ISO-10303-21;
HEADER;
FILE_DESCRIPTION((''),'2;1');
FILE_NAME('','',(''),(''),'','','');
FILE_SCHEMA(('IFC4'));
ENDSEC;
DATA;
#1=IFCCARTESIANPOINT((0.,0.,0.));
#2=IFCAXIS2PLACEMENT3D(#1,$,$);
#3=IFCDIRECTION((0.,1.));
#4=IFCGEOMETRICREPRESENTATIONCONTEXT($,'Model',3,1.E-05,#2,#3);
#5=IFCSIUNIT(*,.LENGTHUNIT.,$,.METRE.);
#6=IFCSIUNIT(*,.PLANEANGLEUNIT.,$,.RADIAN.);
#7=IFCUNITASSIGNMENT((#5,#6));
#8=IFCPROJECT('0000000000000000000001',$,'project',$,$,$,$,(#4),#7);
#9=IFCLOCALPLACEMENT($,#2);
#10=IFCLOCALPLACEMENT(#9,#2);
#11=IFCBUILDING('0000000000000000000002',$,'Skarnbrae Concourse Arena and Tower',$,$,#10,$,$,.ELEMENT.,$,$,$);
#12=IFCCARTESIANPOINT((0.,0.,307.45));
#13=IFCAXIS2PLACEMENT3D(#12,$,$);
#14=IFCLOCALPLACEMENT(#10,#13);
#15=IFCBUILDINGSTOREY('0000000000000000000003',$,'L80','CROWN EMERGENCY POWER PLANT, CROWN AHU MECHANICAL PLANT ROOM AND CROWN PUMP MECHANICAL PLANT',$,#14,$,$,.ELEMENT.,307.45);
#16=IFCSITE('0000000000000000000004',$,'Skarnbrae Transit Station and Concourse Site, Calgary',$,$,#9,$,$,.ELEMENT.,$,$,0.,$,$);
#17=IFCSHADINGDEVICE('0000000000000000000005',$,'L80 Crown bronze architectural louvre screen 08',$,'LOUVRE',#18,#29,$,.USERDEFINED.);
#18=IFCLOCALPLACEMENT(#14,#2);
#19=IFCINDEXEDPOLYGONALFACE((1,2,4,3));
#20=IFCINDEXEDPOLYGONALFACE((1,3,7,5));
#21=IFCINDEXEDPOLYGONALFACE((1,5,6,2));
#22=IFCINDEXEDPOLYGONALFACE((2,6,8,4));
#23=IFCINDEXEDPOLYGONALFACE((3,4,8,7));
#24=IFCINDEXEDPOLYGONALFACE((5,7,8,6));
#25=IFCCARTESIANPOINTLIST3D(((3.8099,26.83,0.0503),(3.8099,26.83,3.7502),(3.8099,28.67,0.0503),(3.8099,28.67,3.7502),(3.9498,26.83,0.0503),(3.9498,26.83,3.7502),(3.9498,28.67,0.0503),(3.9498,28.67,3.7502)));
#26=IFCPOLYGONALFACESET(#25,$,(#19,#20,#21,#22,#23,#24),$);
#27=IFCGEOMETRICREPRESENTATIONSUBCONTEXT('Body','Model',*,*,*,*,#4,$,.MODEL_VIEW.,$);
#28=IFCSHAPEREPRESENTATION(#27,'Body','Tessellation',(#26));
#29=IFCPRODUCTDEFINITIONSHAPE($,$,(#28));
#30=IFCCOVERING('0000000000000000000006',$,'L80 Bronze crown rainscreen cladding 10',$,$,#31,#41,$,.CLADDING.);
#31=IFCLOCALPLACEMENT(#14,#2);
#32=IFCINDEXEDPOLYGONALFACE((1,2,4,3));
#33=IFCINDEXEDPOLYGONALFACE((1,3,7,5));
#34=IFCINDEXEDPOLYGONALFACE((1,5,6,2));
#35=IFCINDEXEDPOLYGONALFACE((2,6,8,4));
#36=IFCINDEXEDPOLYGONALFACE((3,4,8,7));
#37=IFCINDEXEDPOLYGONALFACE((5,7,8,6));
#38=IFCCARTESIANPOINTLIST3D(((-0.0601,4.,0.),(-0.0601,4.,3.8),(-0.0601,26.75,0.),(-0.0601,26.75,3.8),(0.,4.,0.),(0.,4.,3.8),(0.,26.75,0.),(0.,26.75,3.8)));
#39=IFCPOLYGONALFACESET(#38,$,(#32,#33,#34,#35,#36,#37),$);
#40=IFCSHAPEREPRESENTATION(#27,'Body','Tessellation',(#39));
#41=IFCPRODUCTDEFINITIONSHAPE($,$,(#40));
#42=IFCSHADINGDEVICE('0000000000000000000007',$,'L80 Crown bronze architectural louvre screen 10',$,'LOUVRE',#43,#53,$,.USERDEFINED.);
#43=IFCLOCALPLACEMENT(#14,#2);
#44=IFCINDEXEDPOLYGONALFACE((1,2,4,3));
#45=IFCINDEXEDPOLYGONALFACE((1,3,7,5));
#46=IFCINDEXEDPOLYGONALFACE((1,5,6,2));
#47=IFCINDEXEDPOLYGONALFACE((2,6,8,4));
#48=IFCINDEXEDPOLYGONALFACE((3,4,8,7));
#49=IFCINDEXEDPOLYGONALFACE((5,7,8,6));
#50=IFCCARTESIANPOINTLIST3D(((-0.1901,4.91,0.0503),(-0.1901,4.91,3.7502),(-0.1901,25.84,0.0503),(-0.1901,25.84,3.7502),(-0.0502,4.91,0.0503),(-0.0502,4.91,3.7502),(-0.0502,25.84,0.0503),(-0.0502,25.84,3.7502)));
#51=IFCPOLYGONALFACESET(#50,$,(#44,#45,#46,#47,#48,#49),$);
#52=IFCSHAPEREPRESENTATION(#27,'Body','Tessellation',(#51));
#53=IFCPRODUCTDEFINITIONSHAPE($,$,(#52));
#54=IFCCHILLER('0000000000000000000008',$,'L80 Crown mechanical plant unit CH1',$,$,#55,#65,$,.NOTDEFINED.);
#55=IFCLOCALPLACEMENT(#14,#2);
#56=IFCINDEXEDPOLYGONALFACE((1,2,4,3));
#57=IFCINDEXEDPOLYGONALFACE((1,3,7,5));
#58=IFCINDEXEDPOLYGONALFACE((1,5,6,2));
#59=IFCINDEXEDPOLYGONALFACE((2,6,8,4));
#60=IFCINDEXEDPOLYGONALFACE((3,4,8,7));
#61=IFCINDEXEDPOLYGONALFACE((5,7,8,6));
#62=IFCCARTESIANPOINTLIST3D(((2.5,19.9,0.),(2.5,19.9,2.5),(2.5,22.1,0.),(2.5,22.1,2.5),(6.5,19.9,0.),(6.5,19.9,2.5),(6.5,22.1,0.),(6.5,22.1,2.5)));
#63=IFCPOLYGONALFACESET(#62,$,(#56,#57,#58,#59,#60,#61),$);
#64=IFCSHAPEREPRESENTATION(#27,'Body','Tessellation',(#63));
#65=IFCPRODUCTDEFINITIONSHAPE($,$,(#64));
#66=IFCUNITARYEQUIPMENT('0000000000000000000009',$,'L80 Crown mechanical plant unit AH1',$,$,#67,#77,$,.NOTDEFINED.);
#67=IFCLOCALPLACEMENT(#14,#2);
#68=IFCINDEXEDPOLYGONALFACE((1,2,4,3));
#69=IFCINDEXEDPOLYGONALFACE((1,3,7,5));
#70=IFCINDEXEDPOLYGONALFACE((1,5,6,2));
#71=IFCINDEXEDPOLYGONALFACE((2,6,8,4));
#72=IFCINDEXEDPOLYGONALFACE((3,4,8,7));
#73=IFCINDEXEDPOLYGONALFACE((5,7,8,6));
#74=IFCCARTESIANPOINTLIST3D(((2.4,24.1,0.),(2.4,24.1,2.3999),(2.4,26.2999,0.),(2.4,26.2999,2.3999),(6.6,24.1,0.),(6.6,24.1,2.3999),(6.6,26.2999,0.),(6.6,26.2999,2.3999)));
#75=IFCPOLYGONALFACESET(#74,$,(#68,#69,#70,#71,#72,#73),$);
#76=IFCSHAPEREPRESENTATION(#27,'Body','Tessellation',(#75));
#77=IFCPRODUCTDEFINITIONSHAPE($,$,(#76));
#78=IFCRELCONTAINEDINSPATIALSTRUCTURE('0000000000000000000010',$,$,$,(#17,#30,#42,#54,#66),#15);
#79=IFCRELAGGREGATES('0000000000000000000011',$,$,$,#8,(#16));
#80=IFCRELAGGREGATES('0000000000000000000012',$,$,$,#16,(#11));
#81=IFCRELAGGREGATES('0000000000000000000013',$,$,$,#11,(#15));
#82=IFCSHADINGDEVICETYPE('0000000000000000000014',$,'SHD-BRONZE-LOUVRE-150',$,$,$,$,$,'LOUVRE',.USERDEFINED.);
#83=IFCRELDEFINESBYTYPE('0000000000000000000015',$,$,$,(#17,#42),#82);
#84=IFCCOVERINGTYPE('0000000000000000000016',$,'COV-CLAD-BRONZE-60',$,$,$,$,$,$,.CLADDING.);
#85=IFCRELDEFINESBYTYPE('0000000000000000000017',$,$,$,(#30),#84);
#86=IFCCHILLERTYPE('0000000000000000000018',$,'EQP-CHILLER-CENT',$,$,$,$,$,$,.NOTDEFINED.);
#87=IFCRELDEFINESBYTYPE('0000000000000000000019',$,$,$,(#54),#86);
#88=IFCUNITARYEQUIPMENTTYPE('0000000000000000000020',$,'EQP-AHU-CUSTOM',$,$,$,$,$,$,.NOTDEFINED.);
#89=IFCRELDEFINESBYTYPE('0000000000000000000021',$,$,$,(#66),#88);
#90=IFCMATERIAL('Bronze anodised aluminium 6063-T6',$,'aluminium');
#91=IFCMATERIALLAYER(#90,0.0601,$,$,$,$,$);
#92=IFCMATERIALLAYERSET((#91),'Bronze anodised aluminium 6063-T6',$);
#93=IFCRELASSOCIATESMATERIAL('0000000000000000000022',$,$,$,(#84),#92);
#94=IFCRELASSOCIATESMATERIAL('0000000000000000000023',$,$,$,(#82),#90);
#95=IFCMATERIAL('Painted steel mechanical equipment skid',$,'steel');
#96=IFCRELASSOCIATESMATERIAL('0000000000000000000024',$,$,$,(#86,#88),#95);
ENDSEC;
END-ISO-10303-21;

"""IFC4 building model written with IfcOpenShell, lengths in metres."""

from ifc_helpers import new_model, si_unit, direction, frame, origin, origin_2d, place, context, subcontext, project, spatial, rectangle, extrude, source, transform, mapped, material, layer, layer_set, type_object, element, save


model = new_model("IFC4")

# Units and contexts
model_context = context("Model", 3, precision=1e-05, world=origin(), true_north=direction((0.0, 1.0)))
body_context = subcontext(model_context, "Body", "Model", "MODEL_VIEW")
ifc_project = project(units=[si_unit("LENGTHUNIT", "METRE"), si_unit("PLANEANGLEUNIT", "RADIAN")], contexts=[model_context])

# Site, building, storey
site_placement = place(None, origin())
site = spatial("IfcSite", under=ifc_project, at=site_placement, Name="Skarnbrae Transit Station and Concourse Site, Calgary", CompositionType="ELEMENT", RefElevation=0.0)
building_placement = place(site_placement, origin())
building = spatial("IfcBuilding", under=site, at=building_placement, Name="Skarnbrae Concourse Arena and Tower", CompositionType="ELEMENT")
storey_placement = place(building_placement, frame((0.0, 0.0, 307.45)))
storey = spatial("IfcBuildingStorey", under=building, at=storey_placement, Name="L80", Description="CROWN EMERGENCY POWER PLANT, CROWN AHU MECHANICAL PLANT ROOM AND CROWN PUMP MECHANICAL PLANT", CompositionType="ELEMENT", Elevation=307.45)

# Shared definitions
ifc_material_1 = material(Name="Bronze anodised aluminium 6063-T6", Category="aluminium")
ifc_layer_1 = layer(ifc_material_1, 0.0601)
ifc_layer_set_1 = layer_set([ifc_layer_1], Name="Bronze anodised aluminium 6063-T6")
covering_type = type_object("IfcCoveringType", Name="COV-CLAD-BRONZE-60", PredefinedType="CLADDING", material=ifc_layer_set_1)

# Shared definitions
shading_device_type = type_object("IfcShadingDeviceType", Name="SHD-BRONZE-LOUVRE-150", ElementType="LOUVRE", PredefinedType="USERDEFINED", material=ifc_material_1)

# Shading device
shared_shape_1 = source(origin(), body_context, "Body", "SweptSolid", [
    extrude(rectangle(XDim=1.8401, YDim=0.1399, at=origin_2d()), origin(), (0.0, 0.0, 1.0), 3.7),
])
shading_device_1_placement = place(storey_placement, frame((3.8799, 27.75, 0.0503), z_axis=(0.0, 0.0, 1.0), x_axis=(0.0, -1.0, 0.0)))
element("IfcShadingDevice", 1, at=shading_device_1_placement, inside=storey, type_object=shading_device_type, Name="L80 Crown bronze architectural louvre screen 08", ObjectType="LOUVRE", PredefinedType="USERDEFINED", context=body_context, shape_type="MappedRepresentation", body=[
    mapped(shared_shape_1, transform((0.0, 0.0, 0.0))),
])

# Covering
shared_shape_2 = source(origin(), body_context, "Body", "SweptSolid", [
    extrude(rectangle(XDim=22.75, YDim=0.0601, at=origin_2d()), origin(), (0.0, 0.0, 1.0), 3.8),
])
covering_1_placement = place(storey_placement, frame((-0.03, 15.375, 0.0), z_axis=(0.0, 0.0, 1.0), x_axis=(0.0, -1.0, 0.0)))
element("IfcCovering", 2, at=covering_1_placement, inside=storey, type_object=covering_type, Name="L80 Bronze crown rainscreen cladding 10", PredefinedType="CLADDING", context=body_context, shape_type="MappedRepresentation", body=[
    mapped(shared_shape_2, transform((0.0, 0.0, 0.0))),
])

# Shading device
shared_shape_3 = source(origin(), body_context, "Body", "SweptSolid", [
    extrude(rectangle(XDim=20.9299, YDim=0.1399, at=origin_2d()), origin(), (0.0, 0.0, 1.0), 3.7),
])
shading_device_2_placement = place(storey_placement, frame((-0.1201, 15.375, 0.0503), z_axis=(0.0, 0.0, 1.0), x_axis=(0.0, -1.0, 0.0)))
element("IfcShadingDevice", 3, at=shading_device_2_placement, inside=storey, type_object=shading_device_type, Name="L80 Crown bronze architectural louvre screen 10", ObjectType="LOUVRE", PredefinedType="USERDEFINED", context=body_context, shape_type="MappedRepresentation", body=[
    mapped(shared_shape_3, transform((0.0, 0.0, 0.0))),
])

# Chiller
ifc_material_2 = material(Name="Painted steel mechanical equipment skid", Category="steel")
chiller_type = type_object("IfcChillerType", Name="EQP-CHILLER-CENT", PredefinedType="NOTDEFINED", material=ifc_material_2)
shared_shape_4 = source(origin(), body_context, "Body", "SweptSolid", [
    extrude(rectangle(XDim=4.0, YDim=2.2, at=origin_2d()), origin(), (0.0, 0.0, 1.0), 2.5),
])
chiller_placement = place(storey_placement, frame((4.5, 21.0, 0.0), z_axis=(0.0, 0.0, 1.0), x_axis=(1.0, 0.0, 0.0)))
element("IfcChiller", 4, at=chiller_placement, inside=storey, type_object=chiller_type, Name="L80 Crown mechanical plant unit CH1", PredefinedType="NOTDEFINED", context=body_context, shape_type="MappedRepresentation", body=[
    mapped(shared_shape_4, transform((0.0, 0.0, 0.0))),
])

# Unitary equipment
unitary_equipment_type = type_object("IfcUnitaryEquipmentType", Name="EQP-AHU-CUSTOM", PredefinedType="NOTDEFINED", material=ifc_material_2)
shared_shape_5 = source(origin(), body_context, "Body", "SweptSolid", [
    extrude(rectangle(XDim=4.2, YDim=2.2, at=origin_2d()), origin(), (0.0, 0.0, 1.0), 2.3999),
])
unitary_equipment_placement = place(storey_placement, frame((4.5, 25.2, 0.0), z_axis=(0.0, 0.0, 1.0), x_axis=(1.0, 0.0, 0.0)))
element("IfcUnitaryEquipment", 5, at=unitary_equipment_placement, inside=storey, type_object=unitary_equipment_type, Name="L80 Crown mechanical plant unit AH1", PredefinedType="NOTDEFINED", context=body_context, shape_type="MappedRepresentation", body=[
    mapped(shared_shape_5, transform((0.0, 0.0, 0.0))),
])

save(model, "model.ifc")
